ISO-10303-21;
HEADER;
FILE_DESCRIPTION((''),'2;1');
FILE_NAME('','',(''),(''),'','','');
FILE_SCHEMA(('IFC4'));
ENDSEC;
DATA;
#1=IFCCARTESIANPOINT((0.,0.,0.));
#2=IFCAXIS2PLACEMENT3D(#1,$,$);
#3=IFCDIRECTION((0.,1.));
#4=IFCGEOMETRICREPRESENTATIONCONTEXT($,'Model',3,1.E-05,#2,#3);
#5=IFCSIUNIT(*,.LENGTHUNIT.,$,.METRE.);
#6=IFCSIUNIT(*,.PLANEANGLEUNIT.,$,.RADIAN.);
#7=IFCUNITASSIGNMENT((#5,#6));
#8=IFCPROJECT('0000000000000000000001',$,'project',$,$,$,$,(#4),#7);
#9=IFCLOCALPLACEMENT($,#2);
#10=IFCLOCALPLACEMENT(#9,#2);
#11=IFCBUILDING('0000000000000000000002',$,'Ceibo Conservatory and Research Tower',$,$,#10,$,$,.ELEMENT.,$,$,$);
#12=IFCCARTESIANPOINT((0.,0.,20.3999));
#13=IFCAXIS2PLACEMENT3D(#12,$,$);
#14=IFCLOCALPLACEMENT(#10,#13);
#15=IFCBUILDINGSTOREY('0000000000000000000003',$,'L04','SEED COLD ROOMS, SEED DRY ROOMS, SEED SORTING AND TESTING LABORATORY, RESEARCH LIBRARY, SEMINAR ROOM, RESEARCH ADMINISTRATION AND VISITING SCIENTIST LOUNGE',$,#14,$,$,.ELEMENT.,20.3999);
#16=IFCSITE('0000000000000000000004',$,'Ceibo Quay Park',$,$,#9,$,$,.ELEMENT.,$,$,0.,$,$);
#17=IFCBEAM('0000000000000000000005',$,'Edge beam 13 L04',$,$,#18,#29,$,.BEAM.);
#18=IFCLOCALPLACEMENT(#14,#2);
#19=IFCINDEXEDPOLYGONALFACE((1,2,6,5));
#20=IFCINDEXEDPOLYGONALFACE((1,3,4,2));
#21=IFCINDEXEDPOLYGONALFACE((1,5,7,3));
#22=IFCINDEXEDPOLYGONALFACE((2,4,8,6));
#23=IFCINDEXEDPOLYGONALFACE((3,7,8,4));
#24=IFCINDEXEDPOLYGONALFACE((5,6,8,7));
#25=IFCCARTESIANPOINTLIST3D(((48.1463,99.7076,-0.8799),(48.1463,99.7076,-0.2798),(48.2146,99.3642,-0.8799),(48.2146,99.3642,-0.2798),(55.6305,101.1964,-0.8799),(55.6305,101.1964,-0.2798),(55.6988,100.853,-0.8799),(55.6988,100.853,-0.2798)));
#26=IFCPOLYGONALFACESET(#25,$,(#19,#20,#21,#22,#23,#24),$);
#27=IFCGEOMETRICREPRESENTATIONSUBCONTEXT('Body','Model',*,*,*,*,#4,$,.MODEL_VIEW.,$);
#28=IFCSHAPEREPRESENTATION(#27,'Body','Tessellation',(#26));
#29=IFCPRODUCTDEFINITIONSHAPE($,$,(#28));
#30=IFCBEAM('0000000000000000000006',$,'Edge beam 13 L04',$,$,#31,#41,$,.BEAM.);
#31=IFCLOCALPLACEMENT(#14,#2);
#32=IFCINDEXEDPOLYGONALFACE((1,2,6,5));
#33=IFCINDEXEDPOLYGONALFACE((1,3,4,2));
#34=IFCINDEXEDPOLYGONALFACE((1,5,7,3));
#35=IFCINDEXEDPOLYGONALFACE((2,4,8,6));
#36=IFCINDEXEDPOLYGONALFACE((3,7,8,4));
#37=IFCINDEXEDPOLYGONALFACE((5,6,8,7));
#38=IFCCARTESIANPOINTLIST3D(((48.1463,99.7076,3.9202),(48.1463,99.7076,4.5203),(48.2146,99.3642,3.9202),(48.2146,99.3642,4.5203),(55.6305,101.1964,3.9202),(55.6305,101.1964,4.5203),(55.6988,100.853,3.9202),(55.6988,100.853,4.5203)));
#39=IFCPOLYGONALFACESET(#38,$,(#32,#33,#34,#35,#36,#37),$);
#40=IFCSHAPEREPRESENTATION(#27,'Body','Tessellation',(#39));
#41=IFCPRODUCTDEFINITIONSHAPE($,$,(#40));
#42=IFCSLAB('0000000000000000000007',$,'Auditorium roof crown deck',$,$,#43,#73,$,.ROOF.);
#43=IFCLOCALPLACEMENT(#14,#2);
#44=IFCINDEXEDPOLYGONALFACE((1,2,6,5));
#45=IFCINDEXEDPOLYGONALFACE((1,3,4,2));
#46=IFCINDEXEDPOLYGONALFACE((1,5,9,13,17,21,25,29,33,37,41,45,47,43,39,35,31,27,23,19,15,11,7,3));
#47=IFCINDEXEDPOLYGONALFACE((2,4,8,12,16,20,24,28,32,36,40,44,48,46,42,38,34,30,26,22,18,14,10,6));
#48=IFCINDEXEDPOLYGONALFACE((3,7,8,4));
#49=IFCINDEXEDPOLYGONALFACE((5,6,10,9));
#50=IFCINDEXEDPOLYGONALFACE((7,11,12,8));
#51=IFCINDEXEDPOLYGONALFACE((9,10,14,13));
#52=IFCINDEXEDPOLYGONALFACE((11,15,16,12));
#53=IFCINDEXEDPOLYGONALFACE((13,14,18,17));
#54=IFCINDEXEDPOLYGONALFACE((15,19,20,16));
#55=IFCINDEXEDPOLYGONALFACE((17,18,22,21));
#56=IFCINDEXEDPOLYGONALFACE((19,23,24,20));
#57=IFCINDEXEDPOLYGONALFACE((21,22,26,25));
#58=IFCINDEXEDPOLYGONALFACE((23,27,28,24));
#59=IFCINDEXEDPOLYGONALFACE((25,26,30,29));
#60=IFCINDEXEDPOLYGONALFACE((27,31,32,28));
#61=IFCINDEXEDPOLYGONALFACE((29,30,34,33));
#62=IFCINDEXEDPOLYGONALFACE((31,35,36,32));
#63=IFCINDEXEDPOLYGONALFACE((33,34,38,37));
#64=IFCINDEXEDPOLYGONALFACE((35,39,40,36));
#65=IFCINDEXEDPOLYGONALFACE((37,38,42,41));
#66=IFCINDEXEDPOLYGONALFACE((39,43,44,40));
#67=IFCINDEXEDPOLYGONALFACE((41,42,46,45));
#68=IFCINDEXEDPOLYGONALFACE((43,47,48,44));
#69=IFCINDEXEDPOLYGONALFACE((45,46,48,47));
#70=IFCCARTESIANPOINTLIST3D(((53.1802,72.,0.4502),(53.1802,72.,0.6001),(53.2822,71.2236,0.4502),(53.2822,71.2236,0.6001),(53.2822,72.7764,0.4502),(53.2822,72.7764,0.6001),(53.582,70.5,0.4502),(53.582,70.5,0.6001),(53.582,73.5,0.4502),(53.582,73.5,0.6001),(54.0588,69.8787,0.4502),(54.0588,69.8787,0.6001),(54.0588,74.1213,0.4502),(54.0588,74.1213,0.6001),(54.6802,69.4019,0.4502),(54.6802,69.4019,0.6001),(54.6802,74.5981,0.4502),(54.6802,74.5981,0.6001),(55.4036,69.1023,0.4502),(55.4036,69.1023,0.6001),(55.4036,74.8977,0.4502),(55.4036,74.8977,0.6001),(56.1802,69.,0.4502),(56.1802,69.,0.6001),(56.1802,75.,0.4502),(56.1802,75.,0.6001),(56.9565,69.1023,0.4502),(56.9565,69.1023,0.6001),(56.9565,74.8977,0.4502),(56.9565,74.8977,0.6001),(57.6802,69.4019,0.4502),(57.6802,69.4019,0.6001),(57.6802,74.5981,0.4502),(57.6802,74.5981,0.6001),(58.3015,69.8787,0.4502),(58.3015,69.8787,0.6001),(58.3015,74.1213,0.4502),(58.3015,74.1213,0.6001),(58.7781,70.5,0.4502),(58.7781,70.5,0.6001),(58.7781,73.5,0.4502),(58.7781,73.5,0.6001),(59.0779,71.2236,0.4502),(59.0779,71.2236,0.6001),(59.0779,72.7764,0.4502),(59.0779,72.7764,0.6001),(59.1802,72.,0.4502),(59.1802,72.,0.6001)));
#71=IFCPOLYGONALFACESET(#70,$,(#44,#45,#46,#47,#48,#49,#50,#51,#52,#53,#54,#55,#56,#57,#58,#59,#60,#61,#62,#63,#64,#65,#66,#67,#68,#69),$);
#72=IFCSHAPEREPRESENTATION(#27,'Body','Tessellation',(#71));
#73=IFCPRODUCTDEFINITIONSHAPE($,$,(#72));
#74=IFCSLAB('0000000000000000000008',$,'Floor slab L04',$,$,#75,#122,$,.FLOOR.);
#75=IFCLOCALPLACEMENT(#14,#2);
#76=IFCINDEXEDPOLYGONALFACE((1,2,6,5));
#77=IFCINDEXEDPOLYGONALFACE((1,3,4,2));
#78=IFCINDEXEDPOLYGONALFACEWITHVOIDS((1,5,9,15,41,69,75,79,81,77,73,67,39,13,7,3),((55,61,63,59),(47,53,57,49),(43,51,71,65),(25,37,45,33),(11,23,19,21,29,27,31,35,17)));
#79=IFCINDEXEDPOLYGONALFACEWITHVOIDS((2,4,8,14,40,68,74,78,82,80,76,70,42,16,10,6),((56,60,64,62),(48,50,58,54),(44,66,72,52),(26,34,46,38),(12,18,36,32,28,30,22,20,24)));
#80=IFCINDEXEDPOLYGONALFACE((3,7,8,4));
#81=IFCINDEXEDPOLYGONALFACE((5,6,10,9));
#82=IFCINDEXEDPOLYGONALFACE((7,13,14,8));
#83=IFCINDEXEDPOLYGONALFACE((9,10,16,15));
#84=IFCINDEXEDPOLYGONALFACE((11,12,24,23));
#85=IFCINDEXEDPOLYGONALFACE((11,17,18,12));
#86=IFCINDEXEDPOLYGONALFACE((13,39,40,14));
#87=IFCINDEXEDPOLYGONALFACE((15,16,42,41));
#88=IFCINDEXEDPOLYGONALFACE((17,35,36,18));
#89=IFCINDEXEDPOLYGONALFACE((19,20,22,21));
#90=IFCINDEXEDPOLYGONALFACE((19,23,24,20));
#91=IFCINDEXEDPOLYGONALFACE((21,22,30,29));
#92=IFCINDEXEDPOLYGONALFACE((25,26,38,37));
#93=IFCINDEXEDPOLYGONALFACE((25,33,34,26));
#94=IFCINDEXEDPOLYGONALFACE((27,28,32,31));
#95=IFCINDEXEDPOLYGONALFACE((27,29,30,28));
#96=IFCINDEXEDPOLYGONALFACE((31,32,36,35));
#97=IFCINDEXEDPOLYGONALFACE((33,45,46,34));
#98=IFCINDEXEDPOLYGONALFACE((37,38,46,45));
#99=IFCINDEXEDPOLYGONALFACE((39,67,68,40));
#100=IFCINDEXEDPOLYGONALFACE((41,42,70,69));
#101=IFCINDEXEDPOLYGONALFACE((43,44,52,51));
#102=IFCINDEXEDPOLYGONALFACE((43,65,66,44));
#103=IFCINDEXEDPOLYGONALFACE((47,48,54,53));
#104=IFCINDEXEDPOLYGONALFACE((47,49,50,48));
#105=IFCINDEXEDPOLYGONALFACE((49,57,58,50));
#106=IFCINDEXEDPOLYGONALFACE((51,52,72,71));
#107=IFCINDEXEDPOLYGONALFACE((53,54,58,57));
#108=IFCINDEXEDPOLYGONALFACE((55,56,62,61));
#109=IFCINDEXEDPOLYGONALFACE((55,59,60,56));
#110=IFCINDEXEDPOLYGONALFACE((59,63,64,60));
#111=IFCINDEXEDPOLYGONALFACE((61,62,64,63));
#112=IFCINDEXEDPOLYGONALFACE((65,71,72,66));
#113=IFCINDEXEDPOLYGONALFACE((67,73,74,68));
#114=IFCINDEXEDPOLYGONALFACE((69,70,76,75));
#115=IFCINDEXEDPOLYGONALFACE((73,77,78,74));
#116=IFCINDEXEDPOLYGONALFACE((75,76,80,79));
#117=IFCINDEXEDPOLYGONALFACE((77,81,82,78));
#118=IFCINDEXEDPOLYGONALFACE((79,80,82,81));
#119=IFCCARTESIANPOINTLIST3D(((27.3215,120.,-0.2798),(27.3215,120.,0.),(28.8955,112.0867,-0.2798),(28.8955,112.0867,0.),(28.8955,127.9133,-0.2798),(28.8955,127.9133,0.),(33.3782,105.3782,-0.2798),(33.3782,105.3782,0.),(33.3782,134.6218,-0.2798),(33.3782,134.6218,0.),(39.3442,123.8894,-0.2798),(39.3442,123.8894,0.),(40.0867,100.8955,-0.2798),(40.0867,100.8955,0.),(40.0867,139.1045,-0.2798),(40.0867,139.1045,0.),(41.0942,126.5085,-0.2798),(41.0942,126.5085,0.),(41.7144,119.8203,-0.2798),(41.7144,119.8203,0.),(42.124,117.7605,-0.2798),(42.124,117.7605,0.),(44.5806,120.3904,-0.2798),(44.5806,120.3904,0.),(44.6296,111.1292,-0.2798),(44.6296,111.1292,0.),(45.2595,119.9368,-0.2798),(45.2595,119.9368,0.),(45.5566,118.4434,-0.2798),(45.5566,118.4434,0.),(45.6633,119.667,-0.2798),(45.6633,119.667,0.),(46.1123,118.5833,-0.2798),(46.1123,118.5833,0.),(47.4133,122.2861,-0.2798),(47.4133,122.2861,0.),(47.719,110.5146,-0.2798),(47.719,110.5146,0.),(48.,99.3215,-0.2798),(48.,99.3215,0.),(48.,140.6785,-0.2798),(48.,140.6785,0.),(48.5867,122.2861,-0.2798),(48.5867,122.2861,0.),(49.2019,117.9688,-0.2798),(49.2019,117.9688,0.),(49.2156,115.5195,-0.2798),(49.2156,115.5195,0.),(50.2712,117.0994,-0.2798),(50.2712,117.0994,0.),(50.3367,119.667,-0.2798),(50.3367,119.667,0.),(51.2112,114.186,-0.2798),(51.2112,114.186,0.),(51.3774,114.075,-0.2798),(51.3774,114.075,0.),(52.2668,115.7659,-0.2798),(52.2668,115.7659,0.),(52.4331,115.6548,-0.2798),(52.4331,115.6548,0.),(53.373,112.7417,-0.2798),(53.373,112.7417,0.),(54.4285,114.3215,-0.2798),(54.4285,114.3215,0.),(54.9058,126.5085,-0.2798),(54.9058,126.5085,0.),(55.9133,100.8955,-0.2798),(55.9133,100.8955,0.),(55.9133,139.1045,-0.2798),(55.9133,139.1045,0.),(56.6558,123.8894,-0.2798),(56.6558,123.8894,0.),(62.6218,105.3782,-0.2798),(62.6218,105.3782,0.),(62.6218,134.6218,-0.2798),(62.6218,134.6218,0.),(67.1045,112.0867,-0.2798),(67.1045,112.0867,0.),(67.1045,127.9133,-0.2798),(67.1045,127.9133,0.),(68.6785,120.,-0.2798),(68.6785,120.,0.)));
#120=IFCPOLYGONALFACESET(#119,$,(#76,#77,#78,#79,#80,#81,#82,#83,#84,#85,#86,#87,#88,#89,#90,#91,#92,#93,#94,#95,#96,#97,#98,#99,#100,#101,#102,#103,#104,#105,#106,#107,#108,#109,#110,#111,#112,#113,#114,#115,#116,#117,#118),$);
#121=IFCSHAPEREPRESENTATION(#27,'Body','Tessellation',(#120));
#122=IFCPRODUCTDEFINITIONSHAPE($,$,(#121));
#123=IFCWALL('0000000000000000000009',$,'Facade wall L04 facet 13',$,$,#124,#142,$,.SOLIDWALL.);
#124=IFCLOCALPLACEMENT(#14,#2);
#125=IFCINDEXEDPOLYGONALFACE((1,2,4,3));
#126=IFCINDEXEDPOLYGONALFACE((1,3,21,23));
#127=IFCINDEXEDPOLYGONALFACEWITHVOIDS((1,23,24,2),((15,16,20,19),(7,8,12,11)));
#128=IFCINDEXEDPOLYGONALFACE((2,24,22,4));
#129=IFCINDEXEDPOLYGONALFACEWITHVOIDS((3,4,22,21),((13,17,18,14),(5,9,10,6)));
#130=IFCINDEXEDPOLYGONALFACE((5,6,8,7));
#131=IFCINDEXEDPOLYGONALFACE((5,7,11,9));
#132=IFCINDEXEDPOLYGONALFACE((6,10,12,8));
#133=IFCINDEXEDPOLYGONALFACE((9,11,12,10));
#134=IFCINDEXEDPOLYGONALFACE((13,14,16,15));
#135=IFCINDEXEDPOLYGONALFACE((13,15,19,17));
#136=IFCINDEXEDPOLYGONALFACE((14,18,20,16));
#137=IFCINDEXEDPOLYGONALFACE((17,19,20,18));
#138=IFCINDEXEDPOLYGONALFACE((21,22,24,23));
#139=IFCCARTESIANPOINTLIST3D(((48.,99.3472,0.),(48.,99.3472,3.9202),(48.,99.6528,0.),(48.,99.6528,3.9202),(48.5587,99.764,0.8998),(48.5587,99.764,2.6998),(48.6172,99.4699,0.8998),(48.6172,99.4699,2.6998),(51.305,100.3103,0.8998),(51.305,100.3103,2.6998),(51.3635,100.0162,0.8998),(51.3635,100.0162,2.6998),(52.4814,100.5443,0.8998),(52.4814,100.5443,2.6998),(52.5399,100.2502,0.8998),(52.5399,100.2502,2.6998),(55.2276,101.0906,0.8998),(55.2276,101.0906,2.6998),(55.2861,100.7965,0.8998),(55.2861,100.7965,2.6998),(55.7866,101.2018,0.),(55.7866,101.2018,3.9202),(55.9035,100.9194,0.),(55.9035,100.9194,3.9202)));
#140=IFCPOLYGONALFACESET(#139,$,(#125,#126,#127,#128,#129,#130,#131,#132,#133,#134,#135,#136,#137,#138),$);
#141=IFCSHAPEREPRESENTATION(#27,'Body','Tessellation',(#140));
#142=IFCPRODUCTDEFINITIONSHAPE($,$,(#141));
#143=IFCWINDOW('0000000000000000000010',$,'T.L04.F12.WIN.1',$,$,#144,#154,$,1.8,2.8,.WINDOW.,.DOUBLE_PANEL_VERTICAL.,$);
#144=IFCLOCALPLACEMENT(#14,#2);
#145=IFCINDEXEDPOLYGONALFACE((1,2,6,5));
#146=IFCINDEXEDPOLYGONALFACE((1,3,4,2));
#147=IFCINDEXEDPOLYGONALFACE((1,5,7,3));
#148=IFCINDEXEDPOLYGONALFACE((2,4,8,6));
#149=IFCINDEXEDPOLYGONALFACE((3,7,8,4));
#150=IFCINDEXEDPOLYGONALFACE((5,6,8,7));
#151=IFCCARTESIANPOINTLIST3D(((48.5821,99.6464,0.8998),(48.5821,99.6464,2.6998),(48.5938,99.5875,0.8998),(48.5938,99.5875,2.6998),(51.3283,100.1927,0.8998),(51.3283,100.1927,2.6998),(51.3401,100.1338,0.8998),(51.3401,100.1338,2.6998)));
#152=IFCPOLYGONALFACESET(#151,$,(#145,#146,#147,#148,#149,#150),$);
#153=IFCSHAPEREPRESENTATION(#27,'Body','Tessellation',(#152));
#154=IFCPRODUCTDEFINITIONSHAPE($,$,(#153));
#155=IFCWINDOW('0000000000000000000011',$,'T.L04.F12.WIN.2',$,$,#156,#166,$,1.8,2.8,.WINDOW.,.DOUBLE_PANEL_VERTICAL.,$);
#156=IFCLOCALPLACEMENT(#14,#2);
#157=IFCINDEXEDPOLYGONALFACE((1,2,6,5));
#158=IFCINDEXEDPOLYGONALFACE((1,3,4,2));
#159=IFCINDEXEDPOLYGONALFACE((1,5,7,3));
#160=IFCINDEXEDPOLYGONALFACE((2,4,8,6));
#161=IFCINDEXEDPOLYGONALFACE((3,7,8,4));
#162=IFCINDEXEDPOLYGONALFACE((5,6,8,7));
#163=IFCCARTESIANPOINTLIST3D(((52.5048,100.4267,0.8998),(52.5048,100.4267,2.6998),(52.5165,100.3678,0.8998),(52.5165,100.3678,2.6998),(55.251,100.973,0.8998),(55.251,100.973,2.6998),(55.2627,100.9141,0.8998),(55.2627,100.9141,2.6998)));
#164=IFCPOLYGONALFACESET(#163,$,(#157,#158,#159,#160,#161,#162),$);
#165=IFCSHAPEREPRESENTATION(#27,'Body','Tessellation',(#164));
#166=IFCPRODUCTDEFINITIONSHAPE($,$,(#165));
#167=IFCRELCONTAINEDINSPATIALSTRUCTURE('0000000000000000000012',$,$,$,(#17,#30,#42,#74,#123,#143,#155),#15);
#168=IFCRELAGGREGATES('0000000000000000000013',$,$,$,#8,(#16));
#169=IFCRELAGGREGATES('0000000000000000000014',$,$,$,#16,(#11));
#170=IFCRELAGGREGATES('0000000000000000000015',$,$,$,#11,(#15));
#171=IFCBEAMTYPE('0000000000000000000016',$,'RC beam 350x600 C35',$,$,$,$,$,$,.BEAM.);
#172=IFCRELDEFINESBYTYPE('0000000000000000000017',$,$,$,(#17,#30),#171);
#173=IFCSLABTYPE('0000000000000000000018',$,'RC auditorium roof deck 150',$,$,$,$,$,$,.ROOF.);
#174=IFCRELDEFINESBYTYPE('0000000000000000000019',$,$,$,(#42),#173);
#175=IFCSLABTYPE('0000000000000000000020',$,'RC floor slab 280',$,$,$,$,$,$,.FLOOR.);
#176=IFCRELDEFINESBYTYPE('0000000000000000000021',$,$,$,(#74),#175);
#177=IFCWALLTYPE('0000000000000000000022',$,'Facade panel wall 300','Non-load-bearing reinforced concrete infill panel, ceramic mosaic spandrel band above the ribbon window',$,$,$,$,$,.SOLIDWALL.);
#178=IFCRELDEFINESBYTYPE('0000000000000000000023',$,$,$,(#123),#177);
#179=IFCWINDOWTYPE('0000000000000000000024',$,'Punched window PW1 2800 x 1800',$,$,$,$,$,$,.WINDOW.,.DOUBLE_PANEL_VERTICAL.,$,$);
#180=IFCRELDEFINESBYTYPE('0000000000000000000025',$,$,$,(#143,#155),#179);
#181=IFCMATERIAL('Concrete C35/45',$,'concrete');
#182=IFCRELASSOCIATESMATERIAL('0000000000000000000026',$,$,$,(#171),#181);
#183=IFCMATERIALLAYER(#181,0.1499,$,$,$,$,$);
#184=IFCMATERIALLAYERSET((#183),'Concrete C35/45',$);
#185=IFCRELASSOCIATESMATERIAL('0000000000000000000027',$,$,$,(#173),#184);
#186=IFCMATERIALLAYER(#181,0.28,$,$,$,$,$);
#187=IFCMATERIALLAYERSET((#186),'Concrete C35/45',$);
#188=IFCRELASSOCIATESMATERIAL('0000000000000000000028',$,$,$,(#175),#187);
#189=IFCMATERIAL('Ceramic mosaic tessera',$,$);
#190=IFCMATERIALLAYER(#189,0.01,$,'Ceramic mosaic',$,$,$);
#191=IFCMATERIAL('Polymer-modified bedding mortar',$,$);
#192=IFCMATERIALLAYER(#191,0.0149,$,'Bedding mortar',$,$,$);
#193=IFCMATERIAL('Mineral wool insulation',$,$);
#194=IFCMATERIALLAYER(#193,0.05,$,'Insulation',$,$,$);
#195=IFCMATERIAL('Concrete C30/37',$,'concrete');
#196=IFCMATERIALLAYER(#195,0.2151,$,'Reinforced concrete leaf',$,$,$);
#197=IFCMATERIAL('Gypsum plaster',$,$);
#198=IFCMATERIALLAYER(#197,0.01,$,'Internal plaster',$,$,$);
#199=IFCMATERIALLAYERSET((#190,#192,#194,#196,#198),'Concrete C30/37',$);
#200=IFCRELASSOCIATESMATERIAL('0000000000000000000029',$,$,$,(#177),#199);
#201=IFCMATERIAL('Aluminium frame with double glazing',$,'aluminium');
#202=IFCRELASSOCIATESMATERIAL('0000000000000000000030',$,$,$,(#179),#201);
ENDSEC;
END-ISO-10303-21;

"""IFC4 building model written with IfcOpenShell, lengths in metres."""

from ifc_helpers import new_model, si_unit, direction, frame, frame_2d, origin, origin_2d, place, context, subcontext, project, spatial, polyline, rectangle, outline, extrude, material, layer, layer_set, material_profile, profile_set, type_object, element, fill, save


model = new_model("IFC4")

# Units and contexts
model_context = context("Model", 3, precision=1e-05, world=origin(), true_north=direction((0.0, 1.0)))
body_context = subcontext(model_context, "Body", "Model", "MODEL_VIEW")
ifc_project = project(units=[si_unit("LENGTHUNIT", "METRE"), si_unit("PLANEANGLEUNIT", "RADIAN")], contexts=[model_context])

# Site, building, storey
site_placement = place(None, origin())
site = spatial("IfcSite", under=ifc_project, at=site_placement, Name="Ceibo Quay Park", CompositionType="ELEMENT", RefElevation=0.0)
building_placement = place(site_placement, origin())
building = spatial("IfcBuilding", under=site, at=building_placement, Name="Ceibo Conservatory and Research Tower", CompositionType="ELEMENT")
storey_placement = place(building_placement, frame((0.0, 0.0, 20.3999)))
storey = spatial("IfcBuildingStorey", under=building, at=storey_placement, Name="L04", Description="SEED COLD ROOMS, SEED DRY ROOMS, SEED SORTING AND TESTING LABORATORY, RESEARCH LIBRARY, SEMINAR ROOM, RESEARCH ADMINISTRATION AND VISITING SCIENTIST LOUNGE", CompositionType="ELEMENT", Elevation=20.3999)

# Beams
ifc_material_1 = material(Name="Concrete C35/45", Category="concrete")
ifc_material_profile = material_profile(ifc_material_1, rectangle(XDim=0.3501, YDim=0.6001, at=origin_2d()), Name="RC 350x600")
ifc_profile_set = profile_set([ifc_material_profile], Name="Concrete C35/45")
beam_type = type_object("IfcBeamType", Name="RC beam 350x600 C35", PredefinedType="BEAM", material=ifc_profile_set)
for number, where, z_axis, x_axis, name in (
    (1, (48.1804, 99.5359, -0.5798), (0.980783, 0.195101, 0.0), (-0.195101, 0.980783, 0.0), "Edge beam 13 L04"),
    (2, (48.1804, 99.5359, 4.2202), (0.980783, 0.195101, 0.0), (-0.195101, 0.980783, 0.0), "Edge beam 13 L04"),
):
    element("IfcBeam", number, at=place(storey_placement, frame(where, z_axis=z_axis, x_axis=x_axis)), inside=storey, type_object=beam_type, Name=name, PredefinedType="BEAM", context=body_context, shape_type="SweptSolid", body=[
        extrude(rectangle(XDim=0.3501, YDim=0.6001, at=origin_2d()), origin(), (0.0, 0.0, 1.0), 7.6309),
    ])

# Slabs
ifc_layer_1 = layer(ifc_material_1, 0.1499)
ifc_layer_set_1 = layer_set([ifc_layer_1], Name="Concrete C35/45")
slab_type_1 = type_object("IfcSlabType", Name="RC auditorium roof deck 150", PredefinedType="ROOF", material=ifc_layer_set_1)
slab_1_placement = place(storey_placement, frame((0.0, 0.0, 0.4502)))
element("IfcSlab", 3, at=slab_1_placement, inside=storey, type_object=slab_type_1, Name="Auditorium roof crown deck", PredefinedType="ROOF", context=body_context, shape_type="SweptSolid", body=[
    extrude(outline(polyline([(59.1802, 72.0), (59.0779, 72.7764), (58.7781, 73.5), (58.3015, 74.1213), (57.6802, 74.5981), (56.9565, 74.8977), (56.1802, 75.0), (55.4036, 74.8977), (54.6802, 74.5981), (54.0588, 74.1213), (53.582, 73.5), (53.2822, 72.7764), (53.1802, 72.0), (53.2822, 71.2236), (53.582, 70.5), (54.0588, 69.8787), (54.6802, 69.4019), (55.4036, 69.1023), (56.1802, 69.0), (56.9565, 69.1023), (57.6802, 69.4019), (58.3015, 69.8787), (58.7781, 70.5), (59.0779, 71.2236), (59.1802, 72.0)])), origin(), (0.0, 0.0, 1.0), 0.1499),
])
ifc_layer_2 = layer(ifc_material_1, 0.28)
ifc_layer_set_2 = layer_set([ifc_layer_2], Name="Concrete C35/45")
slab_type_2 = type_object("IfcSlabType", Name="RC floor slab 280", PredefinedType="FLOOR", material=ifc_layer_set_2)
slab_2_placement = place(storey_placement, frame((0.0, 0.0, -0.2798)))
element("IfcSlab", 4, at=slab_2_placement, inside=storey, type_object=slab_type_2, Name="Floor slab L04", PredefinedType="FLOOR", context=body_context, shape_type="SweptSolid", body=[
    extrude(outline(polyline([(68.6785, 120.0), (67.1045, 127.9133), (62.6218, 134.6218), (55.9133, 139.1045), (48.0, 140.6785), (40.0867, 139.1045), (33.3782, 134.6218), (28.8955, 127.9133), (27.3215, 120.0), (28.8955, 112.0867), (33.3782, 105.3782), (40.0867, 100.8955), (48.0, 99.3215), (55.9133, 100.8955), (62.6218, 105.3782), (67.1045, 112.0867), (68.6785, 120.0)]), holes=[polyline([(52.4331, 115.6548), (51.3774, 114.075), (53.373, 112.7417), (54.4285, 114.3215), (52.4331, 115.6548)]), polyline([(47.719, 110.5146), (49.2019, 117.9688), (46.1123, 118.5833), (44.6296, 111.1292), (47.719, 110.5146)]), polyline([(52.2668, 115.7659), (50.2712, 117.0994), (49.2156, 115.5195), (51.2112, 114.186), (52.2668, 115.7659)]), polyline([(42.124, 117.7605), (45.5566, 118.4434), (45.2595, 119.9368), (45.6633, 119.667), (47.4133, 122.2861), (41.0942, 126.5085), (39.3442, 123.8894), (44.5806, 120.3904), (41.7144, 119.8203), (42.124, 117.7605)]), polyline([(54.9058, 126.5085), (48.5867, 122.2861), (50.3367, 119.667), (56.6558, 123.8894), (54.9058, 126.5085)])]), origin(), (0.0, 0.0, 1.0), 0.2798),
])

# Wall, openings, windows
ifc_material_2 = material(Name="Ceramic mosaic tessera")
ifc_layer_3 = layer(ifc_material_2, 0.01, Name="Ceramic mosaic")
ifc_material_3 = material(Name="Polymer-modified bedding mortar")
ifc_layer_4 = layer(ifc_material_3, 0.0149, Name="Bedding mortar")
ifc_material_4 = material(Name="Mineral wool insulation")
ifc_layer_5 = layer(ifc_material_4, 0.05, Name="Insulation")
ifc_material_5 = material(Name="Concrete C30/37", Category="concrete")
ifc_layer_6 = layer(ifc_material_5, 0.2151, Name="Reinforced concrete leaf")
ifc_material_6 = material(Name="Gypsum plaster")
ifc_layer_7 = layer(ifc_material_6, 0.01, Name="Internal plaster")
ifc_layer_set_3 = layer_set([ifc_layer_3, ifc_layer_4, ifc_layer_5, ifc_layer_6, ifc_layer_7], Name="Concrete C30/37")
wall_type_1 = type_object("IfcWallType", Name="Facade panel wall 300", Description="Non-load-bearing reinforced concrete infill panel, ceramic mosaic spandrel band above the ribbon window", PredefinedType="SOLIDWALL", material=ifc_layer_set_3)
wall_placement = place(storey_placement, frame((48.0, 99.5, 0.0), z_axis=(0.0, 0.0, 1.0), x_axis=(0.980783, 0.195101, 0.0)))
wall = element("IfcWall", 5, at=wall_placement, inside=storey, type_object=wall_type_1, Name="Facade wall L04 facet 13", PredefinedType="SOLIDWALL", context=body_context, shape_type="SweptSolid", body=[
    extrude(outline(polyline([(-0.0298, -0.1499), (8.0286, -0.1499), (7.969, 0.1499), (0.0298, 0.1499), (-0.0298, -0.1499)])), origin(), (0.0, 0.0, 1.0), 3.9202),
])
opening_1_placement = place(wall_placement, frame((0.5996, 0.0, 0.8999)))
opening_1 = element("IfcOpeningElement", 6, at=opening_1_placement, cuts=wall, PredefinedType="OPENING", context=body_context, shape_type="SweptSolid", body=[
    extrude(rectangle(XDim=2.8, YDim=1.8, at=frame_2d((1.3999, 0.8999))), frame((0.0, 0.1599, 0.0), z_axis=(0.0, -1.0, 0.0), x_axis=(1.0, 0.0, 0.0)), (0.0, 0.0, 1.0), 0.3201),
])
opening_2_placement = place(wall_placement, frame((4.5991, 0.0, 0.8999)))
opening_2 = element("IfcOpeningElement", 7, at=opening_2_placement, cuts=wall, PredefinedType="OPENING", context=body_context, shape_type="SweptSolid", body=[
    extrude(rectangle(XDim=2.8, YDim=1.8, at=frame_2d((1.3999, 0.8999))), frame((0.0, 0.1599, 0.0), z_axis=(0.0, -1.0, 0.0), x_axis=(1.0, 0.0, 0.0)), (0.0, 0.0, 1.0), 0.3201),
])
ifc_material_7 = material(Name="Aluminium frame with double glazing", Category="aluminium")
window_type = type_object("IfcWindowType", Name="Punched window PW1 2800 x 1800", PartitioningType="DOUBLE_PANEL_VERTICAL", PredefinedType="WINDOW", material=ifc_material_7)
window_1_placement = place(opening_1_placement, origin())
window_1 = element("IfcWindow", 8, at=window_1_placement, inside=storey, type_object=window_type, Name="T.L04.F12.WIN.1", OverallHeight=1.8, OverallWidth=2.8, PartitioningType="DOUBLE_PANEL_VERTICAL", PredefinedType="WINDOW", context=body_context, shape_type="SweptSolid", body=[
    extrude(rectangle(XDim=2.8, YDim=1.8, at=frame_2d((1.3999, 0.8999))), frame((0.0, 0.03, 0.0), z_axis=(0.0, -1.0, 0.0), x_axis=(1.0, 0.0, 0.0)), (0.0, 0.0, 1.0), 0.0601),
])
fill(opening_1, window_1)
window_2_placement = place(opening_2_placement, origin())
window_2 = element("IfcWindow", 9, at=window_2_placement, inside=storey, type_object=window_type, Name="T.L04.F12.WIN.2", OverallHeight=1.8, OverallWidth=2.8, PartitioningType="DOUBLE_PANEL_VERTICAL", PredefinedType="WINDOW", context=body_context, shape_type="SweptSolid", body=[
    extrude(rectangle(XDim=2.8, YDim=1.8, at=frame_2d((1.3999, 0.8999))), frame((0.0, 0.03, 0.0), z_axis=(0.0, -1.0, 0.0), x_axis=(1.0, 0.0, 0.0)), (0.0, 0.0, 1.0), 0.0601),
])
fill(opening_2, window_2)

save(model, "model.ifc")
